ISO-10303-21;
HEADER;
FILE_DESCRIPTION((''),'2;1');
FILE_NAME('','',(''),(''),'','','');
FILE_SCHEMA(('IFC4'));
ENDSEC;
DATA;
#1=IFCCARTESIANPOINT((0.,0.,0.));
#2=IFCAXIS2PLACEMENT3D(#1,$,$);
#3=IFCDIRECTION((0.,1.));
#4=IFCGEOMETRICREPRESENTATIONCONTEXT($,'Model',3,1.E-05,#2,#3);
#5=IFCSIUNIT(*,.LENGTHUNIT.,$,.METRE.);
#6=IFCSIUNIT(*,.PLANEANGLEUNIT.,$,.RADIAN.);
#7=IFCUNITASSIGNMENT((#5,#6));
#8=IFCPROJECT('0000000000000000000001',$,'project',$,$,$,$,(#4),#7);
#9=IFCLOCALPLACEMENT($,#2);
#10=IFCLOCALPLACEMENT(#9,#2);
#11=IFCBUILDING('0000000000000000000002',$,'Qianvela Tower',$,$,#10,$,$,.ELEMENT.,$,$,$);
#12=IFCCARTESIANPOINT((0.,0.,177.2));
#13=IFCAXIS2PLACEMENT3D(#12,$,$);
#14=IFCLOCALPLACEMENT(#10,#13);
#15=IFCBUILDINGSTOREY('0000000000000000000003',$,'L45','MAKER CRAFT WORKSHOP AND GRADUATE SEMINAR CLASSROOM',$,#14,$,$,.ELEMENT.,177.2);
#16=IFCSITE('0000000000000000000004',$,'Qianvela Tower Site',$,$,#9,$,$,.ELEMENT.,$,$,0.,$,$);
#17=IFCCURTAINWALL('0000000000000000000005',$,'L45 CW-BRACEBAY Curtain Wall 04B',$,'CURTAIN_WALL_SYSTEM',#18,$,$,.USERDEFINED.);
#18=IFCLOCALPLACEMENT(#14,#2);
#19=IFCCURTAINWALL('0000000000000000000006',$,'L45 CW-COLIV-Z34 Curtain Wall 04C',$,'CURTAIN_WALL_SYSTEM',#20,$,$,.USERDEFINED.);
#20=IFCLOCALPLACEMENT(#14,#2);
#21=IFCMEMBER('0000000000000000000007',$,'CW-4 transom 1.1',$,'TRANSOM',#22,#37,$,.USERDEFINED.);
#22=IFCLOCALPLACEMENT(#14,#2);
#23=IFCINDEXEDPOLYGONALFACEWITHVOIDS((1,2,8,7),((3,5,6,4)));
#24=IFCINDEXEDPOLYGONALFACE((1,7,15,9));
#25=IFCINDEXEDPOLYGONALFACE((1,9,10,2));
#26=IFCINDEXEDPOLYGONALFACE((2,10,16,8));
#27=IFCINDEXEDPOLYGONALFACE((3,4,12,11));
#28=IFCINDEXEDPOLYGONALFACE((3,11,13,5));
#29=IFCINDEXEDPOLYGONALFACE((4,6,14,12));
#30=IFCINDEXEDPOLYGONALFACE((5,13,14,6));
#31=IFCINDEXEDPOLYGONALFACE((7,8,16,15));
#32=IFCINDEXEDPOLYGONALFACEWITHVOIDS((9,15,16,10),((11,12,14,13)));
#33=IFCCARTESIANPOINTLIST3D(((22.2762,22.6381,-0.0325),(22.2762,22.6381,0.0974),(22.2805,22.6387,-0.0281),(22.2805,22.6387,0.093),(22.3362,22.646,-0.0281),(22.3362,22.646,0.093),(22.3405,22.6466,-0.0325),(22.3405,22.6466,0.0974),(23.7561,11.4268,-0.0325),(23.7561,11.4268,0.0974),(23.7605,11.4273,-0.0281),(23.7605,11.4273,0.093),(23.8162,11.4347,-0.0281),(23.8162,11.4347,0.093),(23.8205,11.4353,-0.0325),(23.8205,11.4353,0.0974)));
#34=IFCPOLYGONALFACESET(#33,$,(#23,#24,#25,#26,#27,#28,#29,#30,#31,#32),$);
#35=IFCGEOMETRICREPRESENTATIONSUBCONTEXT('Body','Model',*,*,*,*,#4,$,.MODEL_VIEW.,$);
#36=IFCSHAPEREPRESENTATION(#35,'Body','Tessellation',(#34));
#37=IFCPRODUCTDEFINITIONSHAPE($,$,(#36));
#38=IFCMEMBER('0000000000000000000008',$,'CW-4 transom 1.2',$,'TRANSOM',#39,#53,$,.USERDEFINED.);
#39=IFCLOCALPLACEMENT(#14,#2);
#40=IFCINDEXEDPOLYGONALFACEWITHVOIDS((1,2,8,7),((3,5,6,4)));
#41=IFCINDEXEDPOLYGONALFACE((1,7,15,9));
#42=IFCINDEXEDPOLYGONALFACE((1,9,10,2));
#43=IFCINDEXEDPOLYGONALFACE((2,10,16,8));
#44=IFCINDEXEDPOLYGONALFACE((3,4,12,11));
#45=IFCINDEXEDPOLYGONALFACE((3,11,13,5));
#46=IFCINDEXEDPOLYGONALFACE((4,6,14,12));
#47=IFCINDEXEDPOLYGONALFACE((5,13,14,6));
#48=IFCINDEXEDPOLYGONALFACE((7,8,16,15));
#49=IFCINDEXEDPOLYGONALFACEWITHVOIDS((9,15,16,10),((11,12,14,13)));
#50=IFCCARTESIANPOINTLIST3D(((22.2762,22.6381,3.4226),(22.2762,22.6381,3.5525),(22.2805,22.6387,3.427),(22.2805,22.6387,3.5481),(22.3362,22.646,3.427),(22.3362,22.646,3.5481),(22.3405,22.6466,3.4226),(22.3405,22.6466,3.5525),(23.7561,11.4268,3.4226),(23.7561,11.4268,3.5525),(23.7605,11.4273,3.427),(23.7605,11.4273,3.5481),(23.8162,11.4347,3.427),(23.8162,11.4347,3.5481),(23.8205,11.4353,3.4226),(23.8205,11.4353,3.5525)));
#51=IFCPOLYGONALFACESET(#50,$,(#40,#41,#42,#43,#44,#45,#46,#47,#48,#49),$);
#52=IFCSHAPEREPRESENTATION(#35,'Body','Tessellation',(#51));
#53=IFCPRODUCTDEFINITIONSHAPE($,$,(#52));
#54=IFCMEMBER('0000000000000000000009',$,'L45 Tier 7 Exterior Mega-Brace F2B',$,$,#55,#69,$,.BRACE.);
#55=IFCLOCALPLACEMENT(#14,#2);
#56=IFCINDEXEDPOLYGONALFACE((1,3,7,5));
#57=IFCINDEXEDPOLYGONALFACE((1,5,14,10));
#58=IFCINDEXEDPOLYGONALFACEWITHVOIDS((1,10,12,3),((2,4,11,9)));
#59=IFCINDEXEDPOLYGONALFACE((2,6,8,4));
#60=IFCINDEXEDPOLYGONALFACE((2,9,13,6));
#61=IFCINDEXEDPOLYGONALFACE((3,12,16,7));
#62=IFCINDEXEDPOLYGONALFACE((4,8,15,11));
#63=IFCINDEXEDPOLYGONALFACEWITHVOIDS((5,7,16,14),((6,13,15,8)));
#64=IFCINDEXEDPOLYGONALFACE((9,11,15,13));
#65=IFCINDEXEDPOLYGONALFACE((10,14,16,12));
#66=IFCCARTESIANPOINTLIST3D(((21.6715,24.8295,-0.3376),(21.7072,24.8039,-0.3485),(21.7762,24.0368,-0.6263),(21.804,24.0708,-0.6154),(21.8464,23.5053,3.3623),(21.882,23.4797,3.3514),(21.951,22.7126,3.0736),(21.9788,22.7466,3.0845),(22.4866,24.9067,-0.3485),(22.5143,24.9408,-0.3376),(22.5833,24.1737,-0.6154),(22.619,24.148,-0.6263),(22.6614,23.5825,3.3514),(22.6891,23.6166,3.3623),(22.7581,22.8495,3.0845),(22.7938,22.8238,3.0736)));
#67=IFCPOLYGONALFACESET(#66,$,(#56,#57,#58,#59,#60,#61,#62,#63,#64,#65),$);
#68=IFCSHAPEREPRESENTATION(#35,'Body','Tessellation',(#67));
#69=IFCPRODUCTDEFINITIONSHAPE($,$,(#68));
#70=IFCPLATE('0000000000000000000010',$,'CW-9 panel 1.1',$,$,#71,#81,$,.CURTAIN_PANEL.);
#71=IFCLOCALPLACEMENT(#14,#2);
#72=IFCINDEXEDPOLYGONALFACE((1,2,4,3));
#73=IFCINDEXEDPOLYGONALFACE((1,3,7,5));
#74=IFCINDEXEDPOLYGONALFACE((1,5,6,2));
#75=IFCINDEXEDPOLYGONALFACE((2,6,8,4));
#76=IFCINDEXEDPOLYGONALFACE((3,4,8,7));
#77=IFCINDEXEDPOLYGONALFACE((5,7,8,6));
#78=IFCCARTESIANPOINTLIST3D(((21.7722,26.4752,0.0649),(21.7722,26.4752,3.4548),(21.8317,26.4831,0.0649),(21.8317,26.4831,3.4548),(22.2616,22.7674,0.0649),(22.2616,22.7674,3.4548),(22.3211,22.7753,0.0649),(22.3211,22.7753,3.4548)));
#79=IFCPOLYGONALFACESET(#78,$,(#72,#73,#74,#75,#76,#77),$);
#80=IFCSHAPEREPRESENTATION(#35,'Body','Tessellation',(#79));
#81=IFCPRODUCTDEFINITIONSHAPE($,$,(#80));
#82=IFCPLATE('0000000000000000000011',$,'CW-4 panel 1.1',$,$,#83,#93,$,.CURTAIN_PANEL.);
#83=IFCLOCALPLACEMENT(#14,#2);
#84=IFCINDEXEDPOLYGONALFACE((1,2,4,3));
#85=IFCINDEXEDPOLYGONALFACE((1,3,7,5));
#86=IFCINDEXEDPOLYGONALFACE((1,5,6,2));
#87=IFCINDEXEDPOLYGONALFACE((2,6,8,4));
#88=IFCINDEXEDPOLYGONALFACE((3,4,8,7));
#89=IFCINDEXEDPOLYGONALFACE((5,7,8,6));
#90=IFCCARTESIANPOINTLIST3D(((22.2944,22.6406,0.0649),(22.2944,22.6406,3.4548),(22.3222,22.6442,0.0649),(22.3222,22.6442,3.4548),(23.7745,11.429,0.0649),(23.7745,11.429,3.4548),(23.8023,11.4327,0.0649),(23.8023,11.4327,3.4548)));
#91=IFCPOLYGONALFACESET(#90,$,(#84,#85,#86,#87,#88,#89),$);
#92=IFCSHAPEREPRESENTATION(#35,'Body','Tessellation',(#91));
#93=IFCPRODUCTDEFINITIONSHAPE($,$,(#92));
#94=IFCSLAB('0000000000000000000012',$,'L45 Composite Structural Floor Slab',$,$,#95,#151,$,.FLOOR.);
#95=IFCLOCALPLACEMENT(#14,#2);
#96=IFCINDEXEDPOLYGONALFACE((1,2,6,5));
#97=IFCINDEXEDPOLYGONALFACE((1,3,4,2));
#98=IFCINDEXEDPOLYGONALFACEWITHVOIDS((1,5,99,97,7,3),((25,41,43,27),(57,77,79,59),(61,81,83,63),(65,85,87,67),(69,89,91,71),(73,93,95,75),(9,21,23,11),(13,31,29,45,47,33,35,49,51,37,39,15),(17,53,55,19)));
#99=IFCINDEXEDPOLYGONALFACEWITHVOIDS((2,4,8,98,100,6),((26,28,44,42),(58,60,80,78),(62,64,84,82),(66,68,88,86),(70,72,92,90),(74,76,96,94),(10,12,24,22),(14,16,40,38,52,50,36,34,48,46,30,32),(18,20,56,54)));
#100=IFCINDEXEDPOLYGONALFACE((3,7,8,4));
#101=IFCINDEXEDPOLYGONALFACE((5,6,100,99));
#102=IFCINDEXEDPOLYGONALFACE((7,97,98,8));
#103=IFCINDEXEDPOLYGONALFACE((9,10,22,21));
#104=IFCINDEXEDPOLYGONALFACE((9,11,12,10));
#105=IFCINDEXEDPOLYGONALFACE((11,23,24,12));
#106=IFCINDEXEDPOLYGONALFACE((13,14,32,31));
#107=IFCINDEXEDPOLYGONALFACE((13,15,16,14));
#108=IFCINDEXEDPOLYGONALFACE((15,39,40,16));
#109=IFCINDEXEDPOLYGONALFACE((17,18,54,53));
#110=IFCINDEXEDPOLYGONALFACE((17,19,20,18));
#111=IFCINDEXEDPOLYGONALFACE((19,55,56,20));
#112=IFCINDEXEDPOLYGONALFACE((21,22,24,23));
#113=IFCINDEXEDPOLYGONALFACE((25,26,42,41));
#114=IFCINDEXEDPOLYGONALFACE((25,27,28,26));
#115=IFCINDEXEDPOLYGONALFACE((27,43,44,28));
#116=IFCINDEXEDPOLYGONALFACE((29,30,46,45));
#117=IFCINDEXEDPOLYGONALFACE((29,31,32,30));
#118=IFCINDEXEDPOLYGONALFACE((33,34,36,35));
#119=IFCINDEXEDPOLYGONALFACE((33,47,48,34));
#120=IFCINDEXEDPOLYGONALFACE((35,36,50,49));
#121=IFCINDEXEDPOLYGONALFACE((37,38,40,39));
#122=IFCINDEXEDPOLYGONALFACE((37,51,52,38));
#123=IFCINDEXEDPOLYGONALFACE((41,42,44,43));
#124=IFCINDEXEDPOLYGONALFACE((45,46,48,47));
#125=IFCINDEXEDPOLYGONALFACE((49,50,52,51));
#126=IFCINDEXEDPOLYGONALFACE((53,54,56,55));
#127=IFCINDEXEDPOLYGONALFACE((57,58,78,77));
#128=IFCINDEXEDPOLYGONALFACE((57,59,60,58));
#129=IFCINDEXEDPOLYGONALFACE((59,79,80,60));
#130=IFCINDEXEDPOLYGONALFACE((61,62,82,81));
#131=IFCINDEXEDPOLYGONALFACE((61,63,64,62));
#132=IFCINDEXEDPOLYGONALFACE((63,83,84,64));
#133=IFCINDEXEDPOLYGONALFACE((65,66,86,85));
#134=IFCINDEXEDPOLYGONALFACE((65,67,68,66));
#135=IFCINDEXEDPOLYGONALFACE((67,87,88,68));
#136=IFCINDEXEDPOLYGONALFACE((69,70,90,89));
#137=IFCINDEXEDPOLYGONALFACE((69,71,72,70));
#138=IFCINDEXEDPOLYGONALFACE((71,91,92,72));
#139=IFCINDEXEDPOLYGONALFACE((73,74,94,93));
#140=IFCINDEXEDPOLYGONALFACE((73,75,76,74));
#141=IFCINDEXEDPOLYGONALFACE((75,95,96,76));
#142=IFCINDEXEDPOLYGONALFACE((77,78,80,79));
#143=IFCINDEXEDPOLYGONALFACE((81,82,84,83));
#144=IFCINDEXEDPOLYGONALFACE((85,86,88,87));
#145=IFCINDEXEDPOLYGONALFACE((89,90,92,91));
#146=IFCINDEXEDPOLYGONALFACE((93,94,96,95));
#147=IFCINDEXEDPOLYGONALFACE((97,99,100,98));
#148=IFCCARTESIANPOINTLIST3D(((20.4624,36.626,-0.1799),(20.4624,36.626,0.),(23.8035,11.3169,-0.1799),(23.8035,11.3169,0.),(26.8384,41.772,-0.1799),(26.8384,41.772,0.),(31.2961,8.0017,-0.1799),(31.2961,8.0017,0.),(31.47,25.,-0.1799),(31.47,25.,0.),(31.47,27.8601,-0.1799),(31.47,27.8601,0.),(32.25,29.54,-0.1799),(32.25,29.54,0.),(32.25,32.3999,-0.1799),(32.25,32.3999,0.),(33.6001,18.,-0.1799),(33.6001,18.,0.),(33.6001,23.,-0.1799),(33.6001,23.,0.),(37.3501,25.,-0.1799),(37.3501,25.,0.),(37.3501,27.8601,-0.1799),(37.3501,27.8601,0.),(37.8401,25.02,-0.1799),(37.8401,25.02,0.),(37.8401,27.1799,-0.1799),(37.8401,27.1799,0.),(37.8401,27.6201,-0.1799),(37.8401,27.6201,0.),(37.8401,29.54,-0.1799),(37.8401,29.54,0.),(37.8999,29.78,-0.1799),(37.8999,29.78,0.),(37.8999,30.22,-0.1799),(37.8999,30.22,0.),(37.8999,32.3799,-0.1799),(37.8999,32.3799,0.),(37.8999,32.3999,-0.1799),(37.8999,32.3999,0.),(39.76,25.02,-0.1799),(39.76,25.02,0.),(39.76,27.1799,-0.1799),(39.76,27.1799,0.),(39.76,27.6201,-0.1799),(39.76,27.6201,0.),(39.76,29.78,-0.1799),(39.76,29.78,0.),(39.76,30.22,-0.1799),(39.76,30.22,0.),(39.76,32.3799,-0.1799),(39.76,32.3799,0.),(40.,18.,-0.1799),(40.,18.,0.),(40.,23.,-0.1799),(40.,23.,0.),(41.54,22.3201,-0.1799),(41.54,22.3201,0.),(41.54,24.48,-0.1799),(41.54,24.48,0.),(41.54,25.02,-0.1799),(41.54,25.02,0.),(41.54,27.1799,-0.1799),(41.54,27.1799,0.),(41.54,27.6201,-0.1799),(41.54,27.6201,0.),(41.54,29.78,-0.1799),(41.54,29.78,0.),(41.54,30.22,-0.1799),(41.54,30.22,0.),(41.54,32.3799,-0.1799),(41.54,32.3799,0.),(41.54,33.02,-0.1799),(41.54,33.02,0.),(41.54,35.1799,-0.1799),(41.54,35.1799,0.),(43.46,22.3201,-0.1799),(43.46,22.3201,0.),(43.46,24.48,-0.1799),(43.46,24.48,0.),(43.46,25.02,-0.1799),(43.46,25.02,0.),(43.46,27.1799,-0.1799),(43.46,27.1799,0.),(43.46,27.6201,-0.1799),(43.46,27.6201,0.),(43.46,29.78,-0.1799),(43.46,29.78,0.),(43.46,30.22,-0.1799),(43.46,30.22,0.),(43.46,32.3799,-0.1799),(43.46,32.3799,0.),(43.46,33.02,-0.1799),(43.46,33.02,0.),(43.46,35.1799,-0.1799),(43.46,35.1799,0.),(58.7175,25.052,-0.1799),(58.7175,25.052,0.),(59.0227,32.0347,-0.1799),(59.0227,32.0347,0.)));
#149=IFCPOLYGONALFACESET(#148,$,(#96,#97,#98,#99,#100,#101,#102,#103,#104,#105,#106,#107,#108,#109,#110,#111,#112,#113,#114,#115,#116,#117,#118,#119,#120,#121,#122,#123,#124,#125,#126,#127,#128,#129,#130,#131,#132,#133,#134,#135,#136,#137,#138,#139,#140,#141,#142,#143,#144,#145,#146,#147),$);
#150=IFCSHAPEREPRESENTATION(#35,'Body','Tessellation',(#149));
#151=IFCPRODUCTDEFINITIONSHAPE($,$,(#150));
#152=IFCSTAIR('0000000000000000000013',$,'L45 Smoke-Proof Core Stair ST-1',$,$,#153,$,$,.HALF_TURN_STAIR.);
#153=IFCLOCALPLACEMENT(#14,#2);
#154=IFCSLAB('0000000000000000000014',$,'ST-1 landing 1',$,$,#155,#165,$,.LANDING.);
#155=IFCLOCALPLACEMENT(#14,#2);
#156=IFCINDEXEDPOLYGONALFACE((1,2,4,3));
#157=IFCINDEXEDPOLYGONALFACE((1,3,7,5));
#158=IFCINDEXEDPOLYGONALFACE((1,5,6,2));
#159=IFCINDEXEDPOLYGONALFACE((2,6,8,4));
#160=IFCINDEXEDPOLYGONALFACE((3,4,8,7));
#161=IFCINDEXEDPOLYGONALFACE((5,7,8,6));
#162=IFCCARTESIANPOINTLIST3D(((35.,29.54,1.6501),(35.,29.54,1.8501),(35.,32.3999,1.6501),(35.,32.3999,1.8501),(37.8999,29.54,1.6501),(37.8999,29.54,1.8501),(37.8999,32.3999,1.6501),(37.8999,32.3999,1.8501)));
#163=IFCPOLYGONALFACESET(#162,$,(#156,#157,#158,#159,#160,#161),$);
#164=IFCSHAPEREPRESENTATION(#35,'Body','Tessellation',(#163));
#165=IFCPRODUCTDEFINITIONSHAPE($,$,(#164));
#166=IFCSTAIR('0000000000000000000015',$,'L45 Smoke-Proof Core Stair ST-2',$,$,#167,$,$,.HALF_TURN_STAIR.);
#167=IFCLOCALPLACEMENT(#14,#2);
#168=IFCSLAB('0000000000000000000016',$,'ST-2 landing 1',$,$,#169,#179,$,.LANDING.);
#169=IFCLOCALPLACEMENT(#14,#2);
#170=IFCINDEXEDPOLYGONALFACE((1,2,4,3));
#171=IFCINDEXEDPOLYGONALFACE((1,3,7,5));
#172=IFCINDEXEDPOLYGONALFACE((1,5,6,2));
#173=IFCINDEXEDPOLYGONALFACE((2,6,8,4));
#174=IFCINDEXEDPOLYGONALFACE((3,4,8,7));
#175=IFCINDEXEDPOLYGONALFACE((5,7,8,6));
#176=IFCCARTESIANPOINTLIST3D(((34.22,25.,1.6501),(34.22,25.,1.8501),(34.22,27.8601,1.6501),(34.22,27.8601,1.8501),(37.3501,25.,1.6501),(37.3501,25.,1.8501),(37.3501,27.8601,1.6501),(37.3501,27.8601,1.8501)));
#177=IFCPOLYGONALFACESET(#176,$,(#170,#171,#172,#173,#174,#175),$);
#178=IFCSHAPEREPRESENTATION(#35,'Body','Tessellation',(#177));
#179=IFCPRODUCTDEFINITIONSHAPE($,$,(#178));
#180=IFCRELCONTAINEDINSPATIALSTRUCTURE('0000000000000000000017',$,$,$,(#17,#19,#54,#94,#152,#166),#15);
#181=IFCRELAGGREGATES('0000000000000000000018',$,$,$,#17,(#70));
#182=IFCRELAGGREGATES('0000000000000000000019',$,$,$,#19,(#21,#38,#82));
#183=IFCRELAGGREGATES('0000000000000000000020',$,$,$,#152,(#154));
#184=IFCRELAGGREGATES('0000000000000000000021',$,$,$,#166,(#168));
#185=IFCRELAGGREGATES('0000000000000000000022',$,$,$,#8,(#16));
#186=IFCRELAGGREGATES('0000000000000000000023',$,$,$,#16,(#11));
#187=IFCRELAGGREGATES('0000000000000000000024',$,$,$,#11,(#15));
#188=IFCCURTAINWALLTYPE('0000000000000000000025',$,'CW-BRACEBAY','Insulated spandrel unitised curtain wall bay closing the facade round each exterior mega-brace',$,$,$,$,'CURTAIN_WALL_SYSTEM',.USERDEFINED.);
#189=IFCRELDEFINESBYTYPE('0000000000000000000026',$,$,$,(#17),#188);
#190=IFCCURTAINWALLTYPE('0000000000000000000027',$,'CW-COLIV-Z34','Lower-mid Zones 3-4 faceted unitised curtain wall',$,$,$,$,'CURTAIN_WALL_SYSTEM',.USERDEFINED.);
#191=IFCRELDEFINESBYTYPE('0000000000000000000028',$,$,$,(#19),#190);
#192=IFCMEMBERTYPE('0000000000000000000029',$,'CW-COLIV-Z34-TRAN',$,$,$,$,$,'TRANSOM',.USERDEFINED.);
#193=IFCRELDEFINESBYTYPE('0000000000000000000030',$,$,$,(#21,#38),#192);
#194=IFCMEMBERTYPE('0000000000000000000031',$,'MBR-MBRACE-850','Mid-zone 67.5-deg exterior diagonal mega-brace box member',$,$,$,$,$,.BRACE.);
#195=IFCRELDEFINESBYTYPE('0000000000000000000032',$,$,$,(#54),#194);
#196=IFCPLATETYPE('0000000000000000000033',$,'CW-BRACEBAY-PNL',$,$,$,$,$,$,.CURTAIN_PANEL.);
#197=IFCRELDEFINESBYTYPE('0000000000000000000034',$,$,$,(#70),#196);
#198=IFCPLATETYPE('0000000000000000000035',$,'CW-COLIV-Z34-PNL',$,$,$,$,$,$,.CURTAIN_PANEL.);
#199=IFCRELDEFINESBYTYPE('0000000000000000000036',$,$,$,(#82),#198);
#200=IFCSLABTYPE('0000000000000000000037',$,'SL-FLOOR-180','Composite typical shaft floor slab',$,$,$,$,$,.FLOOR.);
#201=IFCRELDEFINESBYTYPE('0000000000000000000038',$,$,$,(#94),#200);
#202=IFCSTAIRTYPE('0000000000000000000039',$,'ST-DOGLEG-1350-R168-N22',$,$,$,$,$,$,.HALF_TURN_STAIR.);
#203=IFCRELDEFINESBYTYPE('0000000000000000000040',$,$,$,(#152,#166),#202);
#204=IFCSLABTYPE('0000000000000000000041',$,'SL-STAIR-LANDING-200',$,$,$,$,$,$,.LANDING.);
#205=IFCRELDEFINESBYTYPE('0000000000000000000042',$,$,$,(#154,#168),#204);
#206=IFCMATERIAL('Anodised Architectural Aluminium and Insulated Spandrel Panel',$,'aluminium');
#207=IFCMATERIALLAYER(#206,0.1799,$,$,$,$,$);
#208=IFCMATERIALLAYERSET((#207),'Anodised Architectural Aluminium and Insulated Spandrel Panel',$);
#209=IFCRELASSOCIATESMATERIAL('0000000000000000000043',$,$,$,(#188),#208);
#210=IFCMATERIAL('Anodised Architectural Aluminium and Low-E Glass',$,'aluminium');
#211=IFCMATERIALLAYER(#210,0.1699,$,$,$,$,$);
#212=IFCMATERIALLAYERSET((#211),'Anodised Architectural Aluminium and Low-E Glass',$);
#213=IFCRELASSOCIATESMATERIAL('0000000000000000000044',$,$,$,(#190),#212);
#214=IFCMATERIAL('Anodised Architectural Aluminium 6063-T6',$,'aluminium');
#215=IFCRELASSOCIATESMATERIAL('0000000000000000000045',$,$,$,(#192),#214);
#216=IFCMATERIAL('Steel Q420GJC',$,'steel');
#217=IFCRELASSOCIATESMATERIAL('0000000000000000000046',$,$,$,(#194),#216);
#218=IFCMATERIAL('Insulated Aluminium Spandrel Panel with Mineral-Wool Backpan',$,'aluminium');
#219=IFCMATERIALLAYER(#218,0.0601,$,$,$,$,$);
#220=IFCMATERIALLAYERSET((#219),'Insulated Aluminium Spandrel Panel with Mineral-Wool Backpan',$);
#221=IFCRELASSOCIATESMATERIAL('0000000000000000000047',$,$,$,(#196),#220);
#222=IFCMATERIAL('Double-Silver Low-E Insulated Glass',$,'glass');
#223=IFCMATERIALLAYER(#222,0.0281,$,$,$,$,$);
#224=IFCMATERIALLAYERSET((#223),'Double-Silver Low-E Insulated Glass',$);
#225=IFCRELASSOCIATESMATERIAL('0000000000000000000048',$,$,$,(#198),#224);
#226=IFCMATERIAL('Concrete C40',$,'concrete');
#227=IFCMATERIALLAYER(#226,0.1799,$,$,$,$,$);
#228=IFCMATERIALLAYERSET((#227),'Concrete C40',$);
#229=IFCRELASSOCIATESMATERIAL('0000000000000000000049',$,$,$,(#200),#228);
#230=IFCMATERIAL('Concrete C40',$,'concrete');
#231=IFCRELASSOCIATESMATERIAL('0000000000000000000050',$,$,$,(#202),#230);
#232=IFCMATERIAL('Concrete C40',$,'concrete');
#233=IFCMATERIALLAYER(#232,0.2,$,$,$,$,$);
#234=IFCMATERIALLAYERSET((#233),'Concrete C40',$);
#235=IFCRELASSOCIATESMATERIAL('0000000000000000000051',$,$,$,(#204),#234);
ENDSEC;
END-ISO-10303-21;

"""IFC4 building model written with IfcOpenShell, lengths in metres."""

from ifc_helpers import new_model, si_unit, direction, frame, origin, origin_2d, place, context, subcontext, project, spatial, polyline, rectangle, hollow_rectangle, outline, extrude, material, layer, layer_set, material_profile, profile_set, type_object, element, aggregate, save


model = new_model("IFC4")

# Units and contexts
model_context = context("Model", 3, precision=1e-05, world=origin(), true_north=direction((0.0, 1.0)))
body_context = subcontext(model_context, "Body", "Model", "MODEL_VIEW")
ifc_project = project(units=[si_unit("LENGTHUNIT", "METRE"), si_unit("PLANEANGLEUNIT", "RADIAN")], contexts=[model_context])

# Site, building, storey
site_placement = place(None, origin())
site = spatial("IfcSite", under=ifc_project, at=site_placement, Name="Qianvela Tower Site", CompositionType="ELEMENT", RefElevation=0.0)
building_placement = place(site_placement, origin())
building = spatial("IfcBuilding", under=site, at=building_placement, Name="Qianvela Tower", CompositionType="ELEMENT")
storey_placement = place(building_placement, frame((0.0, 0.0, 177.2)))
storey = spatial("IfcBuildingStorey", under=building, at=storey_placement, Name="L45", Description="MAKER CRAFT WORKSHOP AND GRADUATE SEMINAR CLASSROOM", CompositionType="ELEMENT", Elevation=177.2)

# Curtain wall
ifc_material_1 = material(Name="Anodised Architectural Aluminium and Insulated Spandrel Panel", Category="aluminium")
ifc_layer_1 = layer(ifc_material_1, 0.1799)
ifc_layer_set_1 = layer_set([ifc_layer_1], Name="Anodised Architectural Aluminium and Insulated Spandrel Panel")
curtain_wall_type_1 = type_object("IfcCurtainWallType", Name="CW-BRACEBAY", Description="Insulated spandrel unitised curtain wall bay closing the facade round each exterior mega-brace", ElementType="CURTAIN_WALL_SYSTEM", PredefinedType="USERDEFINED", material=ifc_layer_set_1)
curtain_wall_1_placement = place(storey_placement, origin())
curtain_wall_1 = element("IfcCurtainWall", 1, at=curtain_wall_1_placement, inside=storey, type_object=curtain_wall_type_1, Name="L45 CW-BRACEBAY Curtain Wall 04B", ObjectType="CURTAIN_WALL_SYSTEM", PredefinedType="USERDEFINED")

# Curtain wall, members
ifc_material_2 = material(Name="Anodised Architectural Aluminium and Low-E Glass", Category="aluminium")
ifc_layer_2 = layer(ifc_material_2, 0.1699)
ifc_layer_set_2 = layer_set([ifc_layer_2], Name="Anodised Architectural Aluminium and Low-E Glass")
curtain_wall_type_2 = type_object("IfcCurtainWallType", Name="CW-COLIV-Z34", Description="Lower-mid Zones 3-4 faceted unitised curtain wall", ElementType="CURTAIN_WALL_SYSTEM", PredefinedType="USERDEFINED", material=ifc_layer_set_2)
curtain_wall_2_placement = place(storey_placement, origin())
curtain_wall_2 = element("IfcCurtainWall", 2, at=curtain_wall_2_placement, inside=storey, type_object=curtain_wall_type_2, Name="L45 CW-COLIV-Z34 Curtain Wall 04C", ObjectType="CURTAIN_WALL_SYSTEM", PredefinedType="USERDEFINED")
ifc_material_3 = material(Name="Anodised Architectural Aluminium 6063-T6", Category="aluminium")
ifc_material_profile_1 = material_profile(ifc_material_3, hollow_rectangle(XDim=0.0649, YDim=0.1299, WallThickness=0.0044, at=origin_2d()), Name="ALU-TRAN-65x130")
ifc_profile_set_1 = profile_set([ifc_material_profile_1], Name="Anodised Architectural Aluminium 6063-T6")
member_type_1 = type_object("IfcMemberType", Name="CW-COLIV-Z34-TRAN", ElementType="TRANSOM", PredefinedType="USERDEFINED", material=ifc_profile_set_1)
member_1_placement = place(storey_placement, frame((22.3083, 22.6423, 0.0325), z_axis=(0.130871, -0.991399, 0.0), x_axis=(0.991399, 0.130871, 0.0)))
member_1 = element("IfcMember", 3, at=member_1_placement, type_object=member_type_1, Name="CW-4 transom 1.1", ObjectType="TRANSOM", PredefinedType="USERDEFINED", context=body_context, shape_type="SweptSolid", body=[
    extrude(hollow_rectangle(XDim=0.0649, YDim=0.1299, WallThickness=0.0044, at=origin_2d()), origin(), (0.0, 0.0, 1.0), 11.3086),
])
member_2_placement = place(storey_placement, frame((22.3083, 22.6423, 3.4875), z_axis=(0.130871, -0.991399, 0.0), x_axis=(0.991399, 0.130871, 0.0)))
member_2 = element("IfcMember", 4, at=member_2_placement, type_object=member_type_1, Name="CW-4 transom 1.2", ObjectType="TRANSOM", PredefinedType="USERDEFINED", context=body_context, shape_type="SweptSolid", body=[
    extrude(hollow_rectangle(XDim=0.0649, YDim=0.1299, WallThickness=0.0044, at=origin_2d()), origin(), (0.0, 0.0, 1.0), 11.3086),
])

# Member
ifc_material_4 = material(Name="Steel Q420GJC", Category="steel")
ifc_material_profile_2 = material_profile(ifc_material_4, hollow_rectangle(XDim=0.8501, YDim=0.8501, WallThickness=0.032, at=origin_2d()), Name="MBOX-850x850x32")
ifc_profile_set_2 = profile_set([ifc_material_profile_2], Name="Steel Q420GJC")
member_type_2 = type_object("IfcMemberType", Name="MBR-MBRACE-850", Description="Mid-zone 67.5-deg exterior diagonal mega-brace box member", PredefinedType="BRACE", material=ifc_profile_set_2)
member_3_placement = place(storey_placement, frame((22.1453, 24.4888, -0.4819), z_axis=(0.044438, -0.336637, 0.940585), x_axis=(0.991399, 0.130871, 0.0)))
element("IfcMember", 5, at=member_3_placement, inside=storey, type_object=member_type_2, Name="L45 Tier 7 Exterior Mega-Brace F2B", PredefinedType="BRACE", context=body_context, shape_type="SweptSolid", body=[
    extrude(hollow_rectangle(XDim=0.8501, YDim=0.8501, WallThickness=0.032, at=origin_2d()), origin(), (0.0, 0.0, 1.0), 3.9336),
])

# Plates
ifc_material_5 = material(Name="Insulated Aluminium Spandrel Panel with Mineral-Wool Backpan", Category="aluminium")
ifc_layer_3 = layer(ifc_material_5, 0.0601)
ifc_layer_set_3 = layer_set([ifc_layer_3], Name="Insulated Aluminium Spandrel Panel with Mineral-Wool Backpan")
plate_type_1 = type_object("IfcPlateType", Name="CW-BRACEBAY-PNL", PredefinedType="CURTAIN_PANEL", material=ifc_layer_set_3)
plate_1_placement = place(storey_placement, frame((22.0466, 24.6252, 0.0649), z_axis=(0.0, 0.0, 1.0), x_axis=(0.130854, -0.991402, 0.0)))
plate_1 = element("IfcPlate", 6, at=plate_1_placement, type_object=plate_type_1, Name="CW-9 panel 1.1", PredefinedType="CURTAIN_PANEL", context=body_context, shape_type="SweptSolid", body=[
    extrude(rectangle(XDim=3.74, YDim=0.0601, at=origin_2d()), origin(), (0.0, 0.0, 1.0), 3.3899),
])
aggregate(curtain_wall_1, [plate_1])
ifc_material_6 = material(Name="Double-Silver Low-E Insulated Glass", Category="glass")
ifc_layer_4 = layer(ifc_material_6, 0.0281)
ifc_layer_set_4 = layer_set([ifc_layer_4], Name="Double-Silver Low-E Insulated Glass")
plate_type_2 = type_object("IfcPlateType", Name="CW-COLIV-Z34-PNL", PredefinedType="CURTAIN_PANEL", material=ifc_layer_set_4)
plate_2_placement = place(storey_placement, frame((23.0483, 17.0366, 0.0649), z_axis=(0.0, 0.0, 1.0), x_axis=(0.130879, -0.991398, 0.0)))
plate_2 = element("IfcPlate", 7, at=plate_2_placement, type_object=plate_type_2, Name="CW-4 panel 1.1", PredefinedType="CURTAIN_PANEL", context=body_context, shape_type="SweptSolid", body=[
    extrude(rectangle(XDim=11.3088, YDim=0.0281, at=origin_2d()), origin(), (0.0, 0.0, 1.0), 3.3899),
])
aggregate(curtain_wall_2, [member_1, member_2, plate_2])

# Slab
ifc_material_7 = material(Name="Concrete C40", Category="concrete")
ifc_layer_5 = layer(ifc_material_7, 0.1799)
ifc_layer_set_5 = layer_set([ifc_layer_5], Name="Concrete C40")
slab_type_1 = type_object("IfcSlabType", Name="SL-FLOOR-180", Description="Composite typical shaft floor slab", PredefinedType="FLOOR", material=ifc_layer_set_5)
slab_1_placement = place(storey_placement, frame((0.0, 0.0, -0.1799)))
element("IfcSlab", 8, at=slab_1_placement, inside=storey, type_object=slab_type_1, Name="L45 Composite Structural Floor Slab", PredefinedType="FLOOR", context=body_context, shape_type="SweptSolid", body=[
    extrude(outline(polyline([(58.7175, 25.052), (59.0227, 32.0347), (26.8384, 41.772), (20.4624, 36.626), (23.8035, 11.3169), (31.2961, 8.0017), (58.7175, 25.052)]), holes=[polyline([(40.0, 23.0), (33.6001, 23.0), (33.6001, 18.0), (40.0, 18.0), (40.0, 23.0)]), polyline([(39.76, 27.1799), (37.8401, 27.1799), (37.8401, 25.02), (39.76, 25.02), (39.76, 27.1799)]), polyline([(37.3501, 27.8601), (31.47, 27.8601), (31.47, 25.0), (37.3501, 25.0), (37.3501, 27.8601)]), polyline([(37.8401, 27.6201), (39.76, 27.6201), (39.76, 29.78), (37.8999, 29.78), (37.8999, 30.22), (39.76, 30.22), (39.76, 32.3799), (37.8999, 32.3799), (37.8999, 32.3999), (32.25, 32.3999), (32.25, 29.54), (37.8401, 29.54), (37.8401, 27.6201)]), polyline([(43.46, 22.3201), (43.46, 24.48), (41.54, 24.48), (41.54, 22.3201), (43.46, 22.3201)]), polyline([(43.46, 25.02), (43.46, 27.1799), (41.54, 27.1799), (41.54, 25.02), (43.46, 25.02)]), polyline([(43.46, 29.78), (41.54, 29.78), (41.54, 27.6201), (43.46, 27.6201), (43.46, 29.78)]), polyline([(43.46, 30.22), (43.46, 32.3799), (41.54, 32.3799), (41.54, 30.22), (43.46, 30.22)]), polyline([(43.46, 33.02), (43.46, 35.1799), (41.54, 35.1799), (41.54, 33.02), (43.46, 33.02)])]), origin(), (0.0, 0.0, 1.0), 0.1799),
])

# Stairs, slabs
ifc_material_8 = material(Name="Concrete C40", Category="concrete")
stair_type = type_object("IfcStairType", Name="ST-DOGLEG-1350-R168-N22", PredefinedType="HALF_TURN_STAIR", material=ifc_material_8)
stair_1_placement = place(storey_placement, origin())
stair_1 = element("IfcStair", 9, at=stair_1_placement, inside=storey, type_object=stair_type, Name="L45 Smoke-Proof Core Stair ST-1", PredefinedType="HALF_TURN_STAIR")
ifc_material_9 = material(Name="Concrete C40", Category="concrete")
ifc_layer_6 = layer(ifc_material_9, 0.2)
ifc_layer_set_6 = layer_set([ifc_layer_6], Name="Concrete C40")
slab_type_2 = type_object("IfcSlabType", Name="SL-STAIR-LANDING-200", PredefinedType="LANDING", material=ifc_layer_set_6)
slab_2_placement = place(storey_placement, frame((0.0, 0.0, 1.6501)))
slab_2 = element("IfcSlab", 10, at=slab_2_placement, type_object=slab_type_2, Name="ST-1 landing 1", PredefinedType="LANDING", context=body_context, shape_type="SweptSolid", body=[
    extrude(outline(polyline([(35.0, 29.54), (37.8999, 29.54), (37.8999, 32.3999), (35.0, 32.3999), (35.0, 29.54)])), origin(), (0.0, 0.0, 1.0), 0.2),
])
aggregate(stair_1, [slab_2])
stair_2_placement = place(storey_placement, origin())
stair_2 = element("IfcStair", 11, at=stair_2_placement, inside=storey, type_object=stair_type, Name="L45 Smoke-Proof Core Stair ST-2", PredefinedType="HALF_TURN_STAIR")
slab_3_placement = place(storey_placement, frame((0.0, 0.0, 1.6501)))
slab_3 = element("IfcSlab", 12, at=slab_3_placement, type_object=slab_type_2, Name="ST-2 landing 1", PredefinedType="LANDING", context=body_context, shape_type="SweptSolid", body=[
    extrude(outline(polyline([(34.22, 25.0), (37.3501, 25.0), (37.3501, 27.8601), (34.22, 27.8601), (34.22, 25.0)])), origin(), (0.0, 0.0, 1.0), 0.2),
])
aggregate(stair_2, [slab_3])

save(model, "model.ifc")
